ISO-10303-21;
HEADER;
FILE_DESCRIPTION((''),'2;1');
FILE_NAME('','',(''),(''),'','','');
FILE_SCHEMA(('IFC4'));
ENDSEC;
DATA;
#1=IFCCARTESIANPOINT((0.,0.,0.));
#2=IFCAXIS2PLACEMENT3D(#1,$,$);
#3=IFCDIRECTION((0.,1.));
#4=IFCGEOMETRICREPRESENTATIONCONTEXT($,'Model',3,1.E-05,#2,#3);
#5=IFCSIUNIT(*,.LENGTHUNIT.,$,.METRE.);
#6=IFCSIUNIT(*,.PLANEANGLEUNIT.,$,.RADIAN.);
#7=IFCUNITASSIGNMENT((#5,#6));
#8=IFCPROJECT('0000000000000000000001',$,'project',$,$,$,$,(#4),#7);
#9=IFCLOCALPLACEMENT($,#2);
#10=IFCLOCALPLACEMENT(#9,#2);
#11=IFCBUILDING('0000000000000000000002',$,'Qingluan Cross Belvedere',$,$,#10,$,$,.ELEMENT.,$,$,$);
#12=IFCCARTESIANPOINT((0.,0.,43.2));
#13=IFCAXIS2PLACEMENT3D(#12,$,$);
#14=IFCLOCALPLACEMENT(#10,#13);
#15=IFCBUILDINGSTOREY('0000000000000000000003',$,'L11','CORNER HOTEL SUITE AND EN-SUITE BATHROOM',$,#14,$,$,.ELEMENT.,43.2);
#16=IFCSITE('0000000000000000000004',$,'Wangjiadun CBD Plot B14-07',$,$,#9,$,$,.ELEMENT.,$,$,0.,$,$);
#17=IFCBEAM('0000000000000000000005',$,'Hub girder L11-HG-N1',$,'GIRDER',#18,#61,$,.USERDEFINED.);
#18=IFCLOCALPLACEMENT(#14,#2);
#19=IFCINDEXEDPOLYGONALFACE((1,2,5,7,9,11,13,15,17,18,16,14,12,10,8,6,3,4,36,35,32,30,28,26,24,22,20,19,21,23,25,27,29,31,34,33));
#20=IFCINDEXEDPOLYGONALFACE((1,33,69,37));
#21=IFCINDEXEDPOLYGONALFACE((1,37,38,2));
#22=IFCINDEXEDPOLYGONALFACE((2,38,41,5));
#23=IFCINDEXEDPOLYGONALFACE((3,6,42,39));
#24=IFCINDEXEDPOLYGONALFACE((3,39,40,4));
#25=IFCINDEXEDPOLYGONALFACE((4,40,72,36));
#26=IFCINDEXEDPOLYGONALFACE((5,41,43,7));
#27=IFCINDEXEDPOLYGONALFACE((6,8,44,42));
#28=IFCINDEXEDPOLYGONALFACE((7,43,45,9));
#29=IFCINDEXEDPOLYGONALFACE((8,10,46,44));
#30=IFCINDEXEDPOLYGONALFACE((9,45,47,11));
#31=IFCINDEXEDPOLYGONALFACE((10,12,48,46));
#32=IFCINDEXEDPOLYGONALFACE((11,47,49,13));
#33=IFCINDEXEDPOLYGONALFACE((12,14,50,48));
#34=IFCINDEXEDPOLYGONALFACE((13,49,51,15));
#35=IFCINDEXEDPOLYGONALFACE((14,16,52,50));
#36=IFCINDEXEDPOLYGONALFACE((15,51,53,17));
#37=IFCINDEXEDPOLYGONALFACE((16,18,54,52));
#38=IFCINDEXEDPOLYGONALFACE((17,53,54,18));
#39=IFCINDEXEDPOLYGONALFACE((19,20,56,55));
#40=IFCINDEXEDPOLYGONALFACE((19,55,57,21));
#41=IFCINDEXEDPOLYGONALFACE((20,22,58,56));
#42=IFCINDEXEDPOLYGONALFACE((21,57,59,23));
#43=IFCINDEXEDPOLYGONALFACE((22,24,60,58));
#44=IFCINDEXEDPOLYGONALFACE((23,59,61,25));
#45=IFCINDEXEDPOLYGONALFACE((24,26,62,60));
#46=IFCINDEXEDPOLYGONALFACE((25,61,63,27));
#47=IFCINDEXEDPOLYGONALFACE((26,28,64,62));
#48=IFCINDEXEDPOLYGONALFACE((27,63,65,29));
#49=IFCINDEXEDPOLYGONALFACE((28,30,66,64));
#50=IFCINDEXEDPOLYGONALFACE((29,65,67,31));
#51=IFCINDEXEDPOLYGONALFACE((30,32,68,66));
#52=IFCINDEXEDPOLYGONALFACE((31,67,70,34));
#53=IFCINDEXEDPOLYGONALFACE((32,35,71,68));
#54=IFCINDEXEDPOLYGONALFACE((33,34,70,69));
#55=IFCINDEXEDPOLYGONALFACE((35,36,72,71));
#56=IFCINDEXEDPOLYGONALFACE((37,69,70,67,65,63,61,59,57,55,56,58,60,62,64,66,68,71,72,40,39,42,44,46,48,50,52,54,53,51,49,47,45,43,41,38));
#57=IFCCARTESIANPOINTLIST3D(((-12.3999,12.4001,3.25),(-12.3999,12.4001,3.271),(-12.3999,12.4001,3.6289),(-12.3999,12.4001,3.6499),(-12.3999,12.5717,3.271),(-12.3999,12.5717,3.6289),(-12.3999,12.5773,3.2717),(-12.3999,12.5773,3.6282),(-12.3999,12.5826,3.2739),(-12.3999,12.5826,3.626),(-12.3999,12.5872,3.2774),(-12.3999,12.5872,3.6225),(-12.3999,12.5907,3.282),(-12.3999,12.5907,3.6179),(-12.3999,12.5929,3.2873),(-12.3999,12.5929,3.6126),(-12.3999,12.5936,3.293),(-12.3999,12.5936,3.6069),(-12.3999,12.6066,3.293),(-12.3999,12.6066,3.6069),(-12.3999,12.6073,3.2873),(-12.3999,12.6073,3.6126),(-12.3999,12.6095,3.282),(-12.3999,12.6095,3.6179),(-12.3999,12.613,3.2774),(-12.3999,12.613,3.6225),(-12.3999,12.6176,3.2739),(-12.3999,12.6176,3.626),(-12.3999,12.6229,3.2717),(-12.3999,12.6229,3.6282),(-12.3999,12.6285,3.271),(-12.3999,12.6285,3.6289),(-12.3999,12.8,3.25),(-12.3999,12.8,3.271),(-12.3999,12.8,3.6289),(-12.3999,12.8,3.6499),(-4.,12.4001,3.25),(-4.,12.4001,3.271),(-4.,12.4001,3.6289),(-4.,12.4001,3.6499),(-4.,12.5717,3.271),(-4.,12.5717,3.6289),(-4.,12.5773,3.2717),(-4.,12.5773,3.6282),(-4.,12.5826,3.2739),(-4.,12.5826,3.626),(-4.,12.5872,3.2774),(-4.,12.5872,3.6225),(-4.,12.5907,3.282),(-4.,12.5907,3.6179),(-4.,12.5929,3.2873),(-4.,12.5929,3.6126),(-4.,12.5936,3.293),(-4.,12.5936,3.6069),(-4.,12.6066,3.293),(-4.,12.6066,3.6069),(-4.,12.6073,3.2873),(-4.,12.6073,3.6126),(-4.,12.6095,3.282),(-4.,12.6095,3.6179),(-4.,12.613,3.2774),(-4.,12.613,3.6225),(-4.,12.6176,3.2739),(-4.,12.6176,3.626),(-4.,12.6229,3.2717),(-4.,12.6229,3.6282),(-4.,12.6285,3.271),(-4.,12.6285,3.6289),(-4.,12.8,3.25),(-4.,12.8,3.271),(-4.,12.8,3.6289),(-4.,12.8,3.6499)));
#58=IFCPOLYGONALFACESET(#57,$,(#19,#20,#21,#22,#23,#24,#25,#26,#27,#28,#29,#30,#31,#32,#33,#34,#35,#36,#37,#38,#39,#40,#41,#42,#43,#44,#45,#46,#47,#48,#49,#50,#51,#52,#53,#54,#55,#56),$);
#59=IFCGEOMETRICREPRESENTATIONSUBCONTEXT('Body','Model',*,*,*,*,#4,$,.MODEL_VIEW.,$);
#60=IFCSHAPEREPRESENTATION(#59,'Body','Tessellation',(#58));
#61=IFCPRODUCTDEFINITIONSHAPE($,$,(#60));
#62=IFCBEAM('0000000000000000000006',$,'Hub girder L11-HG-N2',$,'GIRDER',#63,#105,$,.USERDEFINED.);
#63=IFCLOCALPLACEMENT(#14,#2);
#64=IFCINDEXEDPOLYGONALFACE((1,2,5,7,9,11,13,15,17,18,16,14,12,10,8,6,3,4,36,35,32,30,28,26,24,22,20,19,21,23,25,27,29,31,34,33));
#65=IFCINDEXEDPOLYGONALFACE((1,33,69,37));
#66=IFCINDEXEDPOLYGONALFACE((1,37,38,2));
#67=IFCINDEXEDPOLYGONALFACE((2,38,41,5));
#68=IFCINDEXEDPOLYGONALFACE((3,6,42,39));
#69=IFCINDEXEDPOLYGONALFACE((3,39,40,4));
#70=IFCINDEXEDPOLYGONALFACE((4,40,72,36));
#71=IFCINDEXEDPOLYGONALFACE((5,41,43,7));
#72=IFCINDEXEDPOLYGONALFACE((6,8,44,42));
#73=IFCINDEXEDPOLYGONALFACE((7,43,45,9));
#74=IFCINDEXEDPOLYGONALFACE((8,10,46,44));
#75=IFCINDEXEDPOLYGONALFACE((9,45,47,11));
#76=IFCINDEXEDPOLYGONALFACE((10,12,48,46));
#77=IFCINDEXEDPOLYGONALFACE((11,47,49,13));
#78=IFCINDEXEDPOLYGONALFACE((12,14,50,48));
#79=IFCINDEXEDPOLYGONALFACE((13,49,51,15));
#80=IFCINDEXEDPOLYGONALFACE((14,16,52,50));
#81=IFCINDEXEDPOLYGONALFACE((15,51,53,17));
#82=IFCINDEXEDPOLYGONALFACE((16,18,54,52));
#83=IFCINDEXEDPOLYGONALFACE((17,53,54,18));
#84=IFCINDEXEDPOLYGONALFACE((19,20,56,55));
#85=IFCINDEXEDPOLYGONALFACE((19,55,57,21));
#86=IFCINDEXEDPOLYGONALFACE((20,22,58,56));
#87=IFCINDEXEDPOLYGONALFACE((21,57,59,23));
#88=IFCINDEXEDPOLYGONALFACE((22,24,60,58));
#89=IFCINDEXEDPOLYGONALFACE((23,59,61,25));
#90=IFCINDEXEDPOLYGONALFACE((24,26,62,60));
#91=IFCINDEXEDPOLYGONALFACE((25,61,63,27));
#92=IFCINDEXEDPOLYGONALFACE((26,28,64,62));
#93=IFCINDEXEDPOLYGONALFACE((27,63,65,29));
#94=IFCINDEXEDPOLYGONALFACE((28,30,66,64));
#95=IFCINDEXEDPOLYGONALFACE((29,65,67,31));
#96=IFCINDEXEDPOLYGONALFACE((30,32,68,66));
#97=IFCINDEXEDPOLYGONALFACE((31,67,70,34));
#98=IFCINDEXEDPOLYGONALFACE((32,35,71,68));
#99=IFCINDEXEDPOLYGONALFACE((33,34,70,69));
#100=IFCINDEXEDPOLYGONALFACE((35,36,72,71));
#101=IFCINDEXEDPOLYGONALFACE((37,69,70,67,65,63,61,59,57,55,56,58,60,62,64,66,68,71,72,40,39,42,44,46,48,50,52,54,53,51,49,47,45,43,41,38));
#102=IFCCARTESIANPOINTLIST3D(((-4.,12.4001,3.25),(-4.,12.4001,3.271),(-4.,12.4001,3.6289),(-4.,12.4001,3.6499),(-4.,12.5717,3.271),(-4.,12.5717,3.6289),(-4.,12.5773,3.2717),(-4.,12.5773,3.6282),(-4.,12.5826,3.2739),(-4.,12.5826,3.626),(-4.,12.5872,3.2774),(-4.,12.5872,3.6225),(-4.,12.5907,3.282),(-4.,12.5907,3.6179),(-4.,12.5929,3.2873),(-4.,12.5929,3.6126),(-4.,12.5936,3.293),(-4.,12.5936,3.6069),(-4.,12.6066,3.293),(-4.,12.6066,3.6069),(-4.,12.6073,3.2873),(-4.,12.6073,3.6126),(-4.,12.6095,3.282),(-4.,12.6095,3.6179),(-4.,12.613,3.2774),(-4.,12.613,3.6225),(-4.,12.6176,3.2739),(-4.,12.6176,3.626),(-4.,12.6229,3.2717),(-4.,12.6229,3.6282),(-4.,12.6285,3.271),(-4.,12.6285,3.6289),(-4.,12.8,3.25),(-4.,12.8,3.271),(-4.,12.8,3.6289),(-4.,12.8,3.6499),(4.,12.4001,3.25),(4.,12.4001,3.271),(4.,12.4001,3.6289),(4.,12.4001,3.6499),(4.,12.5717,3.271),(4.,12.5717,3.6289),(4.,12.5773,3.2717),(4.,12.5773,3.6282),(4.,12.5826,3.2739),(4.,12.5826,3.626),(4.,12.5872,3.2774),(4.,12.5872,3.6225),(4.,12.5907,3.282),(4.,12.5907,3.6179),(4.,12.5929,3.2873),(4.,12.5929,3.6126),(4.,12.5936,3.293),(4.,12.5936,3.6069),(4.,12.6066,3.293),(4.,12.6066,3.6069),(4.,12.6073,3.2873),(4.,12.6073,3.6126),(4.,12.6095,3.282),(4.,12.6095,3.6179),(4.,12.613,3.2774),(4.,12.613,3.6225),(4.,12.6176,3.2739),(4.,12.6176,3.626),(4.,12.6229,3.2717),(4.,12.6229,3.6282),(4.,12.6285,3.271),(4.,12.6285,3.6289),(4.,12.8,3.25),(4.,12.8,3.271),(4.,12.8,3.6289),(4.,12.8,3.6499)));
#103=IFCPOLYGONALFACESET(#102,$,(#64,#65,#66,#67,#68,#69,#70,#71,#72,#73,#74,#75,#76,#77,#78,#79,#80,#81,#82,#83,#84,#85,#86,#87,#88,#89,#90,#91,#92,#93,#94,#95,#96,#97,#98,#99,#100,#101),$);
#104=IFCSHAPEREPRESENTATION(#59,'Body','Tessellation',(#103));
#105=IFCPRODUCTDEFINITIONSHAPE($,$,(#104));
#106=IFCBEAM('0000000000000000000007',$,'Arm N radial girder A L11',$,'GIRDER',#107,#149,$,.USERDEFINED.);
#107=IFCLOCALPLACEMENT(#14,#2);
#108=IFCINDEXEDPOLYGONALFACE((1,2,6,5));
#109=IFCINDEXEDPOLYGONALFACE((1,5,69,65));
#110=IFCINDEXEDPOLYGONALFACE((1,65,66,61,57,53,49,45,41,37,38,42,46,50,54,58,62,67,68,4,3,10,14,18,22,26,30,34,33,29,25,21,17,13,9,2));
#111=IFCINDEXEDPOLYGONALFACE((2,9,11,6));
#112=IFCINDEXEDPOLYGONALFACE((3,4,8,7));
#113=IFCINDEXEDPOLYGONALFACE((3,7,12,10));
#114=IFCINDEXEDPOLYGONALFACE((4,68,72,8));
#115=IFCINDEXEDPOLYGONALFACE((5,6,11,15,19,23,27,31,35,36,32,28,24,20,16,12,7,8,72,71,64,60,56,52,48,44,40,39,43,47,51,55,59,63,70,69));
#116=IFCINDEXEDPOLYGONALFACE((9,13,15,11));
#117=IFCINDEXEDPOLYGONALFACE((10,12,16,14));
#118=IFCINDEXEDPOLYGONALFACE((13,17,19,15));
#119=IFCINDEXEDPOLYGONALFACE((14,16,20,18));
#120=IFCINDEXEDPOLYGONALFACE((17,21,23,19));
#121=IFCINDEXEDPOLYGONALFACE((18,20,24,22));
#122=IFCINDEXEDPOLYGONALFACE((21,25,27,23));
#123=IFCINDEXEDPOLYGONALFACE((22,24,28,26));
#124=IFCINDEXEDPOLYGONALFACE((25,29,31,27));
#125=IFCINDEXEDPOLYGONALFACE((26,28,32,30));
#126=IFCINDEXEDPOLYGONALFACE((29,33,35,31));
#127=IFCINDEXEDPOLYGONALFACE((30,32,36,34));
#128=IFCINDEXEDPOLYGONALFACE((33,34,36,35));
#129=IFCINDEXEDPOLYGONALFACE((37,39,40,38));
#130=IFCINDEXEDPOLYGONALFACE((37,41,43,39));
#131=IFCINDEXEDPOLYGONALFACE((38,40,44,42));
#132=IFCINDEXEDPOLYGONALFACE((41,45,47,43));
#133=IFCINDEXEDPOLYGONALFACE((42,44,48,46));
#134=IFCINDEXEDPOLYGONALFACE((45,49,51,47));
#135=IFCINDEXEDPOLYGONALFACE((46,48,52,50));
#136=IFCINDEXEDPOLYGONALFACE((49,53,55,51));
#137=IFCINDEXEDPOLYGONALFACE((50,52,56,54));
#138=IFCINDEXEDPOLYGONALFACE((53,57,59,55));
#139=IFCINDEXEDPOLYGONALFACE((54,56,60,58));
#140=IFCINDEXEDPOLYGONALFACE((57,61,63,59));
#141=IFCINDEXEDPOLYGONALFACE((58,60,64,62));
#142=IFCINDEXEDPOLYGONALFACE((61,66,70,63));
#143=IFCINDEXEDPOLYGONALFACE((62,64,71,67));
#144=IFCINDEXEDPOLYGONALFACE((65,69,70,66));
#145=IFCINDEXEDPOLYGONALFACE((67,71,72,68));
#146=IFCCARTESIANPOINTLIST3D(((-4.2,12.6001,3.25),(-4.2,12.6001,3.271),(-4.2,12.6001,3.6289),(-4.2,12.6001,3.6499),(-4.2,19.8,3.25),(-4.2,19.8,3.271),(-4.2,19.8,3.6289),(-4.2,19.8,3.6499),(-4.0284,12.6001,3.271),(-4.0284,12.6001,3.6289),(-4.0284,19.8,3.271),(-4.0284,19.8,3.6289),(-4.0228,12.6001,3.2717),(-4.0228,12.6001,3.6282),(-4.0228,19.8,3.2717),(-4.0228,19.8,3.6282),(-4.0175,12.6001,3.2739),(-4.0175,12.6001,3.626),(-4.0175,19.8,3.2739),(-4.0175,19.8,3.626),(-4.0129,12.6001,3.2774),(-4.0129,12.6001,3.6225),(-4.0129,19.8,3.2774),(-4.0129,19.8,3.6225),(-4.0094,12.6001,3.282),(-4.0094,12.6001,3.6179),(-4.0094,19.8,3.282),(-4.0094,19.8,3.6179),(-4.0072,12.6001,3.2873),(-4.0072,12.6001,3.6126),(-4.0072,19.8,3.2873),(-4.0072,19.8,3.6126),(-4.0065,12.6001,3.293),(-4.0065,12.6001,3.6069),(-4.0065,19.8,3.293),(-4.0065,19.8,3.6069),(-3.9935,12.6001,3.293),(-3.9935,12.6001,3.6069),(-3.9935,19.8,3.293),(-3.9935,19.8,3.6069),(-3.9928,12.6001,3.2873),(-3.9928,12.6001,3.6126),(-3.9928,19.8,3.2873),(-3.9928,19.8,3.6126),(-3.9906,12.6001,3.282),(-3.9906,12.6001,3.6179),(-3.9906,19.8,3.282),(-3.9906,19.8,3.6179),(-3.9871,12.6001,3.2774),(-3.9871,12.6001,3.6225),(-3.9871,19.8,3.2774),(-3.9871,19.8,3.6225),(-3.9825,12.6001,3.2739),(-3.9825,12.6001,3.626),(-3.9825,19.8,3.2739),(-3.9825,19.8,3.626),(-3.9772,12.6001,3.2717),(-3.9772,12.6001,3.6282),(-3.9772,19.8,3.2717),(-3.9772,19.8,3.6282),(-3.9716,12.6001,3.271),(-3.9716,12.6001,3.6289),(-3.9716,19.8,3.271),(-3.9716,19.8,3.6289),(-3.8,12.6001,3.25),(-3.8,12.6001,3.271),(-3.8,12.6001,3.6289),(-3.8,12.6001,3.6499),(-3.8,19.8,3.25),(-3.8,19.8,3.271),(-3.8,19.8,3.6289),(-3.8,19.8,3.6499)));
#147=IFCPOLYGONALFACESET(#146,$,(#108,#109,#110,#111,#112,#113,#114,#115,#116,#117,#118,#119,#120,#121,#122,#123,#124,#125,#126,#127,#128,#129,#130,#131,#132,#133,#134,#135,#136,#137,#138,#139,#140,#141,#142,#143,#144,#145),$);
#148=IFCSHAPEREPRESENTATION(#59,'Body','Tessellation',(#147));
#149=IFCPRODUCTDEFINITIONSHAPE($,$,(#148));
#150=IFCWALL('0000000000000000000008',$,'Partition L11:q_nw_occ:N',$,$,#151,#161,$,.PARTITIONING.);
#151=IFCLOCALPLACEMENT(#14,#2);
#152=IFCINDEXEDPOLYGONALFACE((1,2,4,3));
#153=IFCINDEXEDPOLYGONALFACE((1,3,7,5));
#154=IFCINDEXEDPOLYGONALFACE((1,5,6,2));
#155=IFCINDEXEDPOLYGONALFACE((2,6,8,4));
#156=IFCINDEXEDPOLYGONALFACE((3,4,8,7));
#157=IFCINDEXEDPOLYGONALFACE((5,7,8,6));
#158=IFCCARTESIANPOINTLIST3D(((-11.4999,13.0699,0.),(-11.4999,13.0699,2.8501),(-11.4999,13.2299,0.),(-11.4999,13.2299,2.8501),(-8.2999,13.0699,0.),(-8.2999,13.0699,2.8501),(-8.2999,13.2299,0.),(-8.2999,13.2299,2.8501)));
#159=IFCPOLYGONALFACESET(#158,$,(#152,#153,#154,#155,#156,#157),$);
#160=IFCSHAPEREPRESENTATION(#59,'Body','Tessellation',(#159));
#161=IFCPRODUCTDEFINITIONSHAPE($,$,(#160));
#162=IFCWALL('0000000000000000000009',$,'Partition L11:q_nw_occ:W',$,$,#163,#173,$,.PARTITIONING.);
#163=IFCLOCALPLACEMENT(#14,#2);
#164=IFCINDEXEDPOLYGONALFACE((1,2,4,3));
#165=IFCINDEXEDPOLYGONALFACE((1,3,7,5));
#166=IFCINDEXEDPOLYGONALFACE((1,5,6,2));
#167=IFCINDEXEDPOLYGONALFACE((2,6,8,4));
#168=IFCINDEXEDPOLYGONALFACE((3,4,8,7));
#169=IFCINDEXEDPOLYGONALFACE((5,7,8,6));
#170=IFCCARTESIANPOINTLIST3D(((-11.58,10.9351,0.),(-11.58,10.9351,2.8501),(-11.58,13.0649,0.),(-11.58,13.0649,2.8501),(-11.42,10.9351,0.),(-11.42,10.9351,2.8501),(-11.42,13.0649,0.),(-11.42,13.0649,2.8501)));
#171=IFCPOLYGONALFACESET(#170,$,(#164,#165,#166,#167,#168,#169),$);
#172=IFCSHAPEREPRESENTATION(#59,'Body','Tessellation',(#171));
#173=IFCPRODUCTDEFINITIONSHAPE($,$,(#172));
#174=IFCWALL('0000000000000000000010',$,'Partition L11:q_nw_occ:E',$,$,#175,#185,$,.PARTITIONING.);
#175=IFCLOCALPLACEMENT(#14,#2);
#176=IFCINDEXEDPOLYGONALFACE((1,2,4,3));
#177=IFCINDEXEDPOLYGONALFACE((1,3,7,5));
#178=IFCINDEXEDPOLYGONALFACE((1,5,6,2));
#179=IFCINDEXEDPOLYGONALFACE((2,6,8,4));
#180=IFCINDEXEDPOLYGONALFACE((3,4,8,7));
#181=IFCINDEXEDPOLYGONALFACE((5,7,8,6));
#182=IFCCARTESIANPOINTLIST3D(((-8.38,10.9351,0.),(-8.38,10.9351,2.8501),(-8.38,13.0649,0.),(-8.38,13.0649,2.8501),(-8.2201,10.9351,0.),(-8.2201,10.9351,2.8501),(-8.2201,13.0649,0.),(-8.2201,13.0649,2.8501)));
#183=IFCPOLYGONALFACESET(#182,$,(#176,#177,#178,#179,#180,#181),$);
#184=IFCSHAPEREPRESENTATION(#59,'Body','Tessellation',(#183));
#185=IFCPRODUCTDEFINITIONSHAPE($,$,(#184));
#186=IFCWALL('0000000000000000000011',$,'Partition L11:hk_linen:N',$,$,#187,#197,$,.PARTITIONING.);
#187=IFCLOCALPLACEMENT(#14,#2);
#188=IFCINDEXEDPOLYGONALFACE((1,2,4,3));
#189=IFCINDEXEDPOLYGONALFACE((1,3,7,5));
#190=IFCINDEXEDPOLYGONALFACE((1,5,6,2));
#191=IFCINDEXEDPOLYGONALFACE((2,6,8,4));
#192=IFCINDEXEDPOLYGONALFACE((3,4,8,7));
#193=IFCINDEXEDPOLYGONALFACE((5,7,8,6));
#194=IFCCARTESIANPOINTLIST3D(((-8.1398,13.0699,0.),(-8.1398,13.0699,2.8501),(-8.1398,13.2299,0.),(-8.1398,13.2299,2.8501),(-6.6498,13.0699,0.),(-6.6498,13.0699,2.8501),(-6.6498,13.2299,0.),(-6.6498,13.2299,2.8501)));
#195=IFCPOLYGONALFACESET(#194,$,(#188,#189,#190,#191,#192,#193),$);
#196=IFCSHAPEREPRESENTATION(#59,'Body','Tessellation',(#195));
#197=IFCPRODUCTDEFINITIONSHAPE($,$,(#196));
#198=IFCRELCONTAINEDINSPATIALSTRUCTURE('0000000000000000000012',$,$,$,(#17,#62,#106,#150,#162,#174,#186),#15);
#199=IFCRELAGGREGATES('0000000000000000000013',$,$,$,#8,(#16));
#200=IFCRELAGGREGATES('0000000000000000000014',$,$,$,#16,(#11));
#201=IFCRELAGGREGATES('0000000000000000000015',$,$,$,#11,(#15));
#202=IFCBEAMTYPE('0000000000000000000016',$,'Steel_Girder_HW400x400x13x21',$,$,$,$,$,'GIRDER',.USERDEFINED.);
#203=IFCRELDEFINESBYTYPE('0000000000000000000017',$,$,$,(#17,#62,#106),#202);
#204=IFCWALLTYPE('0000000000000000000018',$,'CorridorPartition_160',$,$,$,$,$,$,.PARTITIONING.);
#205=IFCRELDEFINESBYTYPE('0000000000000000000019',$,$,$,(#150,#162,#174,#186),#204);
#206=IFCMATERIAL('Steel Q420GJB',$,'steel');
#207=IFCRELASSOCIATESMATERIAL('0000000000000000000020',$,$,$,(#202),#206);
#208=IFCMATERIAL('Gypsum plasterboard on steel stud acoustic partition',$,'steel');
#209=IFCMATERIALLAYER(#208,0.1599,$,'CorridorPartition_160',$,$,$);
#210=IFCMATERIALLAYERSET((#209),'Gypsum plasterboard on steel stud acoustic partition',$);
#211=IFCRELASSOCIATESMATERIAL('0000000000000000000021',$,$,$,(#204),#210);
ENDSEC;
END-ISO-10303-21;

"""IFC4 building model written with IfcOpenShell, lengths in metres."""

from ifc_helpers import new_model, si_unit, direction, frame, frame_2d, origin, origin_2d, place, context, subcontext, project, spatial, rectangle, i_section, extrude, material, layer, layer_set, material_profile, profile_set, type_object, element, save


model = new_model("IFC4")

# Units and contexts
model_context = context("Model", 3, precision=1e-05, world=origin(), true_north=direction((0.0, 1.0)))
body_context = subcontext(model_context, "Body", "Model", "MODEL_VIEW")
ifc_project = project(units=[si_unit("LENGTHUNIT", "METRE"), si_unit("PLANEANGLEUNIT", "RADIAN")], contexts=[model_context])

# Site, building, storey
site_placement = place(None, origin())
site = spatial("IfcSite", under=ifc_project, at=site_placement, Name="Wangjiadun CBD Plot B14-07", CompositionType="ELEMENT", RefElevation=0.0)
building_placement = place(site_placement, origin())
building = spatial("IfcBuilding", under=site, at=building_placement, Name="Qingluan Cross Belvedere", CompositionType="ELEMENT")
storey_placement = place(building_placement, frame((0.0, 0.0, 43.2)))
storey = spatial("IfcBuildingStorey", under=building, at=storey_placement, Name="L11", Description="CORNER HOTEL SUITE AND EN-SUITE BATHROOM", CompositionType="ELEMENT", Elevation=43.2)

# Beams
ifc_material_1 = material(Name="Steel Q420GJB", Category="steel")
ifc_material_profile_1 = material_profile(ifc_material_1, i_section(OverallWidth=0.3999, OverallDepth=0.3999, WebThickness=0.0129, FlangeThickness=0.021, FilletRadius=0.022, at=origin_2d()), Name="HW400x400x13x21")
ifc_profile_set_1 = profile_set([ifc_material_profile_1], Name="Steel Q420GJB")
beam_type_1 = type_object("IfcBeamType", Name="Steel_Girder_HW400x400x13x21", ElementType="GIRDER", PredefinedType="USERDEFINED", material=ifc_profile_set_1)
beam_1_placement = place(storey_placement, frame((-12.3999, 12.6001, 3.45), z_axis=(1.0, 0.0, 0.0), x_axis=(0.0, 1.0, 0.0)))
element("IfcBeam", 1, at=beam_1_placement, inside=storey, type_object=beam_type_1, Name="Hub girder L11-HG-N1", ObjectType="GIRDER", PredefinedType="USERDEFINED", context=body_context, shape_type="SweptSolid", body=[
    extrude(i_section(OverallWidth=0.3999, OverallDepth=0.3999, WebThickness=0.0129, FlangeThickness=0.021, FilletRadius=0.022, at=origin_2d()), origin(), (0.0, 0.0, 1.0), 8.3999),
])
beam_2_placement = place(storey_placement, frame((-4.0, 12.6001, 3.45), z_axis=(1.0, 0.0, 0.0), x_axis=(0.0, 1.0, 0.0)))
element("IfcBeam", 2, at=beam_2_placement, inside=storey, type_object=beam_type_1, Name="Hub girder L11-HG-N2", ObjectType="GIRDER", PredefinedType="USERDEFINED", context=body_context, shape_type="SweptSolid", body=[
    extrude(i_section(OverallWidth=0.3999, OverallDepth=0.3999, WebThickness=0.0129, FlangeThickness=0.021, FilletRadius=0.022, at=origin_2d()), origin(), (0.0, 0.0, 1.0), 8.0),
])
beam_3_placement = place(storey_placement, frame((-4.0, 12.6001, 3.45), z_axis=(0.0, 1.0, 0.0), x_axis=(-1.0, 0.0, 0.0)))
element("IfcBeam", 3, at=beam_3_placement, inside=storey, type_object=beam_type_1, Name="Arm N radial girder A L11", ObjectType="GIRDER", PredefinedType="USERDEFINED", context=body_context, shape_type="SweptSolid", body=[
    extrude(i_section(OverallWidth=0.3999, OverallDepth=0.3999, WebThickness=0.0129, FlangeThickness=0.021, FilletRadius=0.022, at=origin_2d()), origin(), (0.0, 0.0, 1.0), 7.2),
])

# Walls
ifc_material_2 = material(Name="Gypsum plasterboard on steel stud acoustic partition", Category="steel")
ifc_layer_1 = layer(ifc_material_2, 0.1599, Name="CorridorPartition_160")
ifc_layer_set_1 = layer_set([ifc_layer_1], Name="Gypsum plasterboard on steel stud acoustic partition")
wall_type_1 = type_object("IfcWallType", Name="CorridorPartition_160", PredefinedType="PARTITIONING", material=ifc_layer_set_1)
wall_1_placement = place(storey_placement, frame((-11.5, 13.1499, 0.0), z_axis=(0.0, 0.0, 1.0), x_axis=(1.0, 0.0, 0.0)))
element("IfcWall", 4, at=wall_1_placement, inside=storey, type_object=wall_type_1, Name="Partition L11:q_nw_occ:N", PredefinedType="PARTITIONING", context=body_context, shape_type="SweptSolid", body=[
    extrude(rectangle(XDim=3.2, YDim=0.1599, at=frame_2d((1.6001, 0.0))), origin(), (0.0, 0.0, 1.0), 2.8501),
])
for number, where, z_axis, x_axis, name in (
    (5, (-11.5, 10.9351, 0.0), (0.0, 0.0, 1.0), (0.0, 1.0, 0.0), "Partition L11:q_nw_occ:W"),
    (6, (-8.3, 10.9351, 0.0), (0.0, 0.0, 1.0), (0.0, 1.0, 0.0), "Partition L11:q_nw_occ:E"),
):
    element("IfcWall", number, at=place(storey_placement, frame(where, z_axis=z_axis, x_axis=x_axis)), inside=storey, type_object=wall_type_1, Name=name, PredefinedType="PARTITIONING", context=body_context, shape_type="SweptSolid", body=[
        extrude(rectangle(XDim=2.1299, YDim=0.1599, at=frame_2d((1.0649, 0.0))), origin(), (0.0, 0.0, 1.0), 2.8501),
    ])
wall_2_placement = place(storey_placement, frame((-8.1399, 13.1499, 0.0), z_axis=(0.0, 0.0, 1.0), x_axis=(1.0, 0.0, 0.0)))
element("IfcWall", 7, at=wall_2_placement, inside=storey, type_object=wall_type_1, Name="Partition L11:hk_linen:N", PredefinedType="PARTITIONING", context=body_context, shape_type="SweptSolid", body=[
    extrude(rectangle(XDim=1.49, YDim=0.1599, at=frame_2d((0.7451, 0.0))), origin(), (0.0, 0.0, 1.0), 2.8501),
])

save(model, "model.ifc")
